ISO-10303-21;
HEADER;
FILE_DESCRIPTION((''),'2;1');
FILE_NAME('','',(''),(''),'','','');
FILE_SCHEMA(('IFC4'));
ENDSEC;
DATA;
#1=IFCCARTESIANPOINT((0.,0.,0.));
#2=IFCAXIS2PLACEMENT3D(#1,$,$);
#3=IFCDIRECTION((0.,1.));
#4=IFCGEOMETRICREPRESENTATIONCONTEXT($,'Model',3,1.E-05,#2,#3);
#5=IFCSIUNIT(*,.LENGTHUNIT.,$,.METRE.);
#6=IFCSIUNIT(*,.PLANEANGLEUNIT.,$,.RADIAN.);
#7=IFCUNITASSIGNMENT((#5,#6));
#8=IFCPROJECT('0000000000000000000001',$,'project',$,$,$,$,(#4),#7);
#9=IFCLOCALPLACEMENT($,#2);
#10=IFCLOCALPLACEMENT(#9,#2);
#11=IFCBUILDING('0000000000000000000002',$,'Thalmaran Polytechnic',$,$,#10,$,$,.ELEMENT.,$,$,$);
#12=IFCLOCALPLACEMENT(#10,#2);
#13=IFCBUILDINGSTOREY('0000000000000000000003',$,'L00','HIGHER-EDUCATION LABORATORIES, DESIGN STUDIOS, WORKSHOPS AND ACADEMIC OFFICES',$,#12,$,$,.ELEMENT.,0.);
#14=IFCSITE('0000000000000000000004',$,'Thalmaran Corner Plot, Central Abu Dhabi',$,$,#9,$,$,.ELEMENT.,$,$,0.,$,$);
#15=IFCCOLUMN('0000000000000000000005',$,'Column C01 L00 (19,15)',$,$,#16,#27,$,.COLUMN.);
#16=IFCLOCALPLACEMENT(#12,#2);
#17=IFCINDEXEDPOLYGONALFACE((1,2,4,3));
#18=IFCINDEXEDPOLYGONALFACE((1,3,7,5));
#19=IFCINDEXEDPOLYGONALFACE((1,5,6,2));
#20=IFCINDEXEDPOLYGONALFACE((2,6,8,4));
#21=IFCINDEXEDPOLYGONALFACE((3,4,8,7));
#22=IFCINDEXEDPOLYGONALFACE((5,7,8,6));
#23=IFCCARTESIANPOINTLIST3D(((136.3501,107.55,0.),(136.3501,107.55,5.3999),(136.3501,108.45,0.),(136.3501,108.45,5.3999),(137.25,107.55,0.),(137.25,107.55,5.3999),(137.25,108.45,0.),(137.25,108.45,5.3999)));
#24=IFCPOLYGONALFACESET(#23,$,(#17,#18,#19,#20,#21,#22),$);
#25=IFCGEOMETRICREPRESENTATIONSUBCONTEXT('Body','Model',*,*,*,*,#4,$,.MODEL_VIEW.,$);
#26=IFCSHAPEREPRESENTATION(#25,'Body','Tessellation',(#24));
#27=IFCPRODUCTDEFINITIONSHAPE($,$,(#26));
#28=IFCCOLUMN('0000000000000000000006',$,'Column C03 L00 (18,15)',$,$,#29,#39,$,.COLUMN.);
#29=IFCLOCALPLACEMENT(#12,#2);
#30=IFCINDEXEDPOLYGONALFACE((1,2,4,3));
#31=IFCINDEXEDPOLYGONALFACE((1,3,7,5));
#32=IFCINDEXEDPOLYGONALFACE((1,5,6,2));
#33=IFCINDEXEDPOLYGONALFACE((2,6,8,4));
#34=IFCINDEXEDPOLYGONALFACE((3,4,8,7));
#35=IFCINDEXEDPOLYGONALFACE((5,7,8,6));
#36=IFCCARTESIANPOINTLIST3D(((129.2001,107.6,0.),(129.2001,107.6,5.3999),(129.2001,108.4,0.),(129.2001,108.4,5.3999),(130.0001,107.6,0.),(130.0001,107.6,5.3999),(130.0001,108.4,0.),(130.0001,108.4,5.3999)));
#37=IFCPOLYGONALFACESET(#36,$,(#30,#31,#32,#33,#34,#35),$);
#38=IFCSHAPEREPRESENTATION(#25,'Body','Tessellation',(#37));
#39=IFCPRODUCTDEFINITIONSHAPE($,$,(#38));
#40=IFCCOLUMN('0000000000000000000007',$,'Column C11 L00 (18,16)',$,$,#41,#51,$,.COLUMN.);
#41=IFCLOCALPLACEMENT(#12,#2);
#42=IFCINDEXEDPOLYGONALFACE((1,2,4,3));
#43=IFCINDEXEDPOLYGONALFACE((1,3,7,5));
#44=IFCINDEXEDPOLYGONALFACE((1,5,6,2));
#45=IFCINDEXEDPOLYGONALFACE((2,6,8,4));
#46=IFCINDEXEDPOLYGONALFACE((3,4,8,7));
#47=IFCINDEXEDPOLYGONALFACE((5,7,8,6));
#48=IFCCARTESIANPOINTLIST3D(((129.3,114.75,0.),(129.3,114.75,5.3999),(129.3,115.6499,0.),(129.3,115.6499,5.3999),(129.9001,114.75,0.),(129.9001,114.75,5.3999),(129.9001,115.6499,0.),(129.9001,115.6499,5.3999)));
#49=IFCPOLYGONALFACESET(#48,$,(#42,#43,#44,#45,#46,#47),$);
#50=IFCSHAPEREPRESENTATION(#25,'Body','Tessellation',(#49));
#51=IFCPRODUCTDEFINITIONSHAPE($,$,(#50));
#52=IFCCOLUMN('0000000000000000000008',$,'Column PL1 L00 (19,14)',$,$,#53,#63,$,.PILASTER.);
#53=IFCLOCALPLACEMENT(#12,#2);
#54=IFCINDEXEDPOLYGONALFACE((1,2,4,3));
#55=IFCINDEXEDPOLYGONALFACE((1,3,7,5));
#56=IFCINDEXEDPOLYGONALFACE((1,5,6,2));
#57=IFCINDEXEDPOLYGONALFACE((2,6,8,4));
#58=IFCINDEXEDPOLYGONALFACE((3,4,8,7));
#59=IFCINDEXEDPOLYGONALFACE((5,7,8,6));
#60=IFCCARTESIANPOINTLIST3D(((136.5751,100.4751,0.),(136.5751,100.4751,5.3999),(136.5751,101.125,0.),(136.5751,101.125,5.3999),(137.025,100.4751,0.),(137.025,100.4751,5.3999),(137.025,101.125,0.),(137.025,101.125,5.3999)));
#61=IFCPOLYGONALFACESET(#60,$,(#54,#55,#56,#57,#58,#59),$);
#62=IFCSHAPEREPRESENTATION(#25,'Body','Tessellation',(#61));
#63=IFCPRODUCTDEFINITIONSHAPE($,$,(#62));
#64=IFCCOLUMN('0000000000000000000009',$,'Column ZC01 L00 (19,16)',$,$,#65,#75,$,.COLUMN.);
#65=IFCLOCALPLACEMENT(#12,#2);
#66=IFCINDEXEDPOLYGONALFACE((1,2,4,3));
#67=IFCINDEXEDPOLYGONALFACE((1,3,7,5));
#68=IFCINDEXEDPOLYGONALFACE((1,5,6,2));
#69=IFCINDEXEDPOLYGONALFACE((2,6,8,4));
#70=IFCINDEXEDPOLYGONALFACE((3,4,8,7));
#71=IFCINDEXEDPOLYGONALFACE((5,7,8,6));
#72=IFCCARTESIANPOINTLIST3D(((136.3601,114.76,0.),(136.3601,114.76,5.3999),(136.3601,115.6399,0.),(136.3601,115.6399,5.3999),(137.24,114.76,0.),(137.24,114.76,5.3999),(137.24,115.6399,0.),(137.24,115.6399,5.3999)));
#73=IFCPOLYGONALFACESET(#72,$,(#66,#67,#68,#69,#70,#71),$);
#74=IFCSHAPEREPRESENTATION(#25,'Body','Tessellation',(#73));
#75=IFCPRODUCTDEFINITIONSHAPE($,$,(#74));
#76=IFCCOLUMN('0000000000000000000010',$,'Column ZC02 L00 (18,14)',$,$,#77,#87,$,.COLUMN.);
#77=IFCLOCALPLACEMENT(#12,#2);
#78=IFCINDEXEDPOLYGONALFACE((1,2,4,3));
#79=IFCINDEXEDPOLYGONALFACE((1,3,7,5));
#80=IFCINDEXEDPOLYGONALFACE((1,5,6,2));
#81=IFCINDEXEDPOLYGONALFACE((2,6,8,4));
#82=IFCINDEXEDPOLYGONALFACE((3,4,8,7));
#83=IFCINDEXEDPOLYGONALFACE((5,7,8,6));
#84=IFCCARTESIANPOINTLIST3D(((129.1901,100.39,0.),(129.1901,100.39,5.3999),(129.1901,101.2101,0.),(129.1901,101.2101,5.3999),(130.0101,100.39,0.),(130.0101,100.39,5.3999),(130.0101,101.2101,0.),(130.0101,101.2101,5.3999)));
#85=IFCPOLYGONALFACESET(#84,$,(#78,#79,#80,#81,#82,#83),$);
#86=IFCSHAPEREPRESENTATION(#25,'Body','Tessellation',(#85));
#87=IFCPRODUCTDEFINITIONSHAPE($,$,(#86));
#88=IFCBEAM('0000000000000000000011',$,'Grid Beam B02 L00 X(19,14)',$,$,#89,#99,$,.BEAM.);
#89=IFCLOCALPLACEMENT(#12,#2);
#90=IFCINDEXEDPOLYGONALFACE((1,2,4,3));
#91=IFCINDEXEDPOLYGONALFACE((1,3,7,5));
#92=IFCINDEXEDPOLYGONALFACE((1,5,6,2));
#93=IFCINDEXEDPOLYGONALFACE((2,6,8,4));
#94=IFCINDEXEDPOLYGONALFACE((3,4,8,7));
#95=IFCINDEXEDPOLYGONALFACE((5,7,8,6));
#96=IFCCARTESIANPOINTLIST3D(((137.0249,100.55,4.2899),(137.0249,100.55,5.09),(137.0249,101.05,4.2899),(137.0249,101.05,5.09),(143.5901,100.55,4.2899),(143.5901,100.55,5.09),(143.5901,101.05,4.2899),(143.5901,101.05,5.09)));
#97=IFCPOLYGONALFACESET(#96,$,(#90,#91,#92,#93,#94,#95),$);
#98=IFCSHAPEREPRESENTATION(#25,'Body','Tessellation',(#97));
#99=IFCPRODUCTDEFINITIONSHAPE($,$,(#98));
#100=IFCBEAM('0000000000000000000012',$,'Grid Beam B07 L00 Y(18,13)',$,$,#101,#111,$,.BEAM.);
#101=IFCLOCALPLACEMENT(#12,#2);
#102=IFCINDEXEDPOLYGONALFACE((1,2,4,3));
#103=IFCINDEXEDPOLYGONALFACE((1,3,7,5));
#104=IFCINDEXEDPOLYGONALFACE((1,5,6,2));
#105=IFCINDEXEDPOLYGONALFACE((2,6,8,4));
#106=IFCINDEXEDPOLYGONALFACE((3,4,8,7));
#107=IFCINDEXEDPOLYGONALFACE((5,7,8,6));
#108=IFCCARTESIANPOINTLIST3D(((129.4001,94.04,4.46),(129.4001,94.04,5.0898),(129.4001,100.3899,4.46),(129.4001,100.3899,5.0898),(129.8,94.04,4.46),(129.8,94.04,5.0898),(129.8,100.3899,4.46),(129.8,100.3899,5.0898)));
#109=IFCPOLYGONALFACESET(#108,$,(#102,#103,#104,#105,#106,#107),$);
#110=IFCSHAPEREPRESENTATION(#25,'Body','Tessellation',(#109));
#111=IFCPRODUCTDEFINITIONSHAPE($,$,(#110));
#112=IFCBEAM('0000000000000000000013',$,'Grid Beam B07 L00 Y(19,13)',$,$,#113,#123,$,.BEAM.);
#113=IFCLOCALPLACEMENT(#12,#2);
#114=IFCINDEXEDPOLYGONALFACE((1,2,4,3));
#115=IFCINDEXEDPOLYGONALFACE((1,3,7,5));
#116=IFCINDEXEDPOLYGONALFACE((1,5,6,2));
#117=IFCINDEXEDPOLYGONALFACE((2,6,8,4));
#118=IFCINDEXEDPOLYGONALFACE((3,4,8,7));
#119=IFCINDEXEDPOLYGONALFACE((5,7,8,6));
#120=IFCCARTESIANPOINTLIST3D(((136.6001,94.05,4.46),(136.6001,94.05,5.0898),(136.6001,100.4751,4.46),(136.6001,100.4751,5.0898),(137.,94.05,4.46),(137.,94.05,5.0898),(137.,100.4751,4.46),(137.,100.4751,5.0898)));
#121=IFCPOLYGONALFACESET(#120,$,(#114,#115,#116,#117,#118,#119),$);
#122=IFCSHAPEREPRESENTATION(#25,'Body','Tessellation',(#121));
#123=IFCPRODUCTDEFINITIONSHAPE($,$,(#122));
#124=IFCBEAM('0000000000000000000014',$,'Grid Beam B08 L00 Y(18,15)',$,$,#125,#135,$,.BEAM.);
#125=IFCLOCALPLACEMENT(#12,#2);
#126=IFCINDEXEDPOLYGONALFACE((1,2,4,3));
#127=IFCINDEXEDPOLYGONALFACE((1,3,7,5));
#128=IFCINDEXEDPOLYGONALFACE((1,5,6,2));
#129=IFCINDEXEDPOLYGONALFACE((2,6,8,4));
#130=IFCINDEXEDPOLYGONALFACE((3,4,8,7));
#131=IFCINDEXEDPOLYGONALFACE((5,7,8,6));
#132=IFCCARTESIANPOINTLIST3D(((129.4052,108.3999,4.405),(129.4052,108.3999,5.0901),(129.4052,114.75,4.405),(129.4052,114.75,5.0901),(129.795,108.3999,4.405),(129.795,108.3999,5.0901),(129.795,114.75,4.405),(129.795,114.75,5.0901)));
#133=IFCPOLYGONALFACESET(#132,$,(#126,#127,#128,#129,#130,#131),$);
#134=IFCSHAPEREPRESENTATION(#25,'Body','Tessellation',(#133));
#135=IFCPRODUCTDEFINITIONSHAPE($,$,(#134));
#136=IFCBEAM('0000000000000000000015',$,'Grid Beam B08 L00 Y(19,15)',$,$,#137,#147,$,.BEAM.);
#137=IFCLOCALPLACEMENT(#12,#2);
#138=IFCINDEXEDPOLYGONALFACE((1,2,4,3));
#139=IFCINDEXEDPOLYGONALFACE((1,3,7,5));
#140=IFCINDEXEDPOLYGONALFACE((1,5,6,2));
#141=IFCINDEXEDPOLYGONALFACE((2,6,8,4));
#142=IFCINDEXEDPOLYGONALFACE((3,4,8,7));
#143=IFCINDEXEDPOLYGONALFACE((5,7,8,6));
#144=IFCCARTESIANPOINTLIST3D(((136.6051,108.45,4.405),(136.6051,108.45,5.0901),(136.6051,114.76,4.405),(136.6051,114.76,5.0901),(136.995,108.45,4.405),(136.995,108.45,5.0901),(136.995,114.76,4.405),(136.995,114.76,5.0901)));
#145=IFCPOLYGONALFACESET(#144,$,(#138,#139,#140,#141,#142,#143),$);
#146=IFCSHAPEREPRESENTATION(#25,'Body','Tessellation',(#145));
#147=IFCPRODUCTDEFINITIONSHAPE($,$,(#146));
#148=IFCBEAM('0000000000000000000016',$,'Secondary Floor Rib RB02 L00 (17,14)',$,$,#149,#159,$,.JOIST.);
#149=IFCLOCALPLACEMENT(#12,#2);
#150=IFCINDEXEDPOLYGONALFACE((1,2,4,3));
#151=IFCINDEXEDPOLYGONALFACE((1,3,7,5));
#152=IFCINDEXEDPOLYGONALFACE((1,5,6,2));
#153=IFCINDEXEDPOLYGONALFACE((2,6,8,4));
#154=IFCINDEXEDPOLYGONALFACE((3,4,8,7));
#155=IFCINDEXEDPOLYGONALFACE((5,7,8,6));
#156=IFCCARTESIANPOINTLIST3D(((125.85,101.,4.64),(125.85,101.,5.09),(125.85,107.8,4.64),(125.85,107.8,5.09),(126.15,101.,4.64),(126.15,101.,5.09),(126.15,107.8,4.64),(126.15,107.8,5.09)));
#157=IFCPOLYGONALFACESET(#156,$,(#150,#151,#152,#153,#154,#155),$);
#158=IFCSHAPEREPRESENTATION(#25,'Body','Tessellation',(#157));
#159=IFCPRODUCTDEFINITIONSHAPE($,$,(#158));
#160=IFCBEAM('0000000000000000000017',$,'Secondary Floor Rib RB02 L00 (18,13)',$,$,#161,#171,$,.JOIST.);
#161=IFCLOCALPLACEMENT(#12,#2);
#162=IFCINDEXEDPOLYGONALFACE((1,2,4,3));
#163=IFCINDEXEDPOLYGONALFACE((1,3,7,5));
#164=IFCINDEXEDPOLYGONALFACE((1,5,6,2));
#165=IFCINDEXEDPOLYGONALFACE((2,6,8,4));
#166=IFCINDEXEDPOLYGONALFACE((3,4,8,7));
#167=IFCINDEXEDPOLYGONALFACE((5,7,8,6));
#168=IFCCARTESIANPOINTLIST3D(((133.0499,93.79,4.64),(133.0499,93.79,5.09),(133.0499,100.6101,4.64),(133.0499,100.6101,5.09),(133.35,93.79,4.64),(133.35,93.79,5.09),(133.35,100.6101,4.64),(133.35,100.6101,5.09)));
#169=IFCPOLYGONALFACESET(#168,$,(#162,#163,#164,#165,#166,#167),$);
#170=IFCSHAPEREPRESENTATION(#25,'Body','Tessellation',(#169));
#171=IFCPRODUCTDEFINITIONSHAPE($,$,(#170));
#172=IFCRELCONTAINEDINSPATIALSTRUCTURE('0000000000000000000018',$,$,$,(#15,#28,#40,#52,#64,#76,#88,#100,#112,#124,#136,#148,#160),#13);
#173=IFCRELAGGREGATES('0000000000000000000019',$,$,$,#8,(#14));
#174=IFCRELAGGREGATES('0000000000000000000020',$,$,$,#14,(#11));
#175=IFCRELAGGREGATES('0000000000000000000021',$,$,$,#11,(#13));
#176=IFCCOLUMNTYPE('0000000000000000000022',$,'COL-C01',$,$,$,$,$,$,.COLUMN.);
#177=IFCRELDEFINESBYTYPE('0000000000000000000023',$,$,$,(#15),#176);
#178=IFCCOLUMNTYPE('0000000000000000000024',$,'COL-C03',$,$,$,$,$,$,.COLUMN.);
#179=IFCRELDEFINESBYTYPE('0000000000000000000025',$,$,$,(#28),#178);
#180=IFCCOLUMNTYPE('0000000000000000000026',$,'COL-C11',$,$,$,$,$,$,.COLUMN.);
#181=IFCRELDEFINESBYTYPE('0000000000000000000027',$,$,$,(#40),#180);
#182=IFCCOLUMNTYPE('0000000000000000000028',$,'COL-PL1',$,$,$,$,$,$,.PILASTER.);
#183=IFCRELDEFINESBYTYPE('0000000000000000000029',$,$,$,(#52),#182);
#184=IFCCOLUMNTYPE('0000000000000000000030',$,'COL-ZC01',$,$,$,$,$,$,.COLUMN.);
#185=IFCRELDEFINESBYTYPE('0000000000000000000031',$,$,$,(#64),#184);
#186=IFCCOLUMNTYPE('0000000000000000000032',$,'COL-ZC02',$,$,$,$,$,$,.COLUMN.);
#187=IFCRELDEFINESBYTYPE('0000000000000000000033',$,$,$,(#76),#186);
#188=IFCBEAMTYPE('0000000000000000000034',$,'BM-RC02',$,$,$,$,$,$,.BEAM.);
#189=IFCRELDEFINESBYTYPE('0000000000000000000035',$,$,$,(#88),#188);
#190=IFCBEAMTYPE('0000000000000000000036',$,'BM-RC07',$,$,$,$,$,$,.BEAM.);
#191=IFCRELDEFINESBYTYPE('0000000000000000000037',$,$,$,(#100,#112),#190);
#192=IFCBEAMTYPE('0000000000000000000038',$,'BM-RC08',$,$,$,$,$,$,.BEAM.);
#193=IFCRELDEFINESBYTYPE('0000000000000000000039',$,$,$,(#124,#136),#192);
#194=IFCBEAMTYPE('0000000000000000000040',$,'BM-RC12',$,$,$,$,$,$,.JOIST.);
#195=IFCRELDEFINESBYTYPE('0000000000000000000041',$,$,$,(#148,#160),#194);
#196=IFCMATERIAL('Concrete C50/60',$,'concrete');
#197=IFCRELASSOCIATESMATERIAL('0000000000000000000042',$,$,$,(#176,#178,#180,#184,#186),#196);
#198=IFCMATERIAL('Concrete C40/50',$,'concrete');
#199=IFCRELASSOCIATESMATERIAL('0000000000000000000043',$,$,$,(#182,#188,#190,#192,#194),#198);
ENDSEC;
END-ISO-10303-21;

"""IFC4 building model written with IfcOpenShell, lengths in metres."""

from ifc_helpers import new_model, si_unit, direction, frame, origin, origin_2d, place, context, subcontext, project, spatial, rectangle, extrude, material, material_profile, profile_set, type_object, element, save


model = new_model("IFC4")

# Units and contexts
model_context = context("Model", 3, precision=1e-05, world=origin(), true_north=direction((0.0, 1.0)))
body_context = subcontext(model_context, "Body", "Model", "MODEL_VIEW")
ifc_project = project(units=[si_unit("LENGTHUNIT", "METRE"), si_unit("PLANEANGLEUNIT", "RADIAN")], contexts=[model_context])

# Site, building, storey
site_placement = place(None, origin())
site = spatial("IfcSite", under=ifc_project, at=site_placement, Name="Thalmaran Corner Plot, Central Abu Dhabi", CompositionType="ELEMENT", RefElevation=0.0)
building_placement = place(site_placement, origin())
building = spatial("IfcBuilding", under=site, at=building_placement, Name="Thalmaran Polytechnic", CompositionType="ELEMENT")
storey_placement = place(building_placement, origin())
storey = spatial("IfcBuildingStorey", under=building, at=storey_placement, Name="L00", Description="HIGHER-EDUCATION LABORATORIES, DESIGN STUDIOS, WORKSHOPS AND ACADEMIC OFFICES", CompositionType="ELEMENT", Elevation=0.0)

# Columns
ifc_material_1 = material(Name="Concrete C50/60", Category="concrete")
ifc_material_profile_1 = material_profile(ifc_material_1, rectangle(XDim=0.8999, YDim=0.8999, at=origin_2d()), Name="RC 900x900")
ifc_profile_set_1 = profile_set([ifc_material_profile_1], Name="Concrete C50/60")
column_type_1 = type_object("IfcColumnType", Name="COL-C01", PredefinedType="COLUMN", material=ifc_profile_set_1)
column_1_placement = place(storey_placement, frame((136.8, 108.0, 0.0), z_axis=(0.0, 0.0, 1.0), x_axis=(1.0, 0.0, 0.0)))
element("IfcColumn", 1, at=column_1_placement, inside=storey, type_object=column_type_1, Name="Column C01 L00 (19,15)", PredefinedType="COLUMN", context=body_context, shape_type="SweptSolid", body=[
    extrude(rectangle(XDim=0.8999, YDim=0.8999, at=origin_2d()), origin(), (0.0, 0.0, 1.0), 5.3999),
])
ifc_material_profile_2 = material_profile(ifc_material_1, rectangle(XDim=0.8, YDim=0.8, at=origin_2d()), Name="RC 800x800")
ifc_profile_set_2 = profile_set([ifc_material_profile_2], Name="Concrete C50/60")
column_type_2 = type_object("IfcColumnType", Name="COL-C03", PredefinedType="COLUMN", material=ifc_profile_set_2)
column_2_placement = place(storey_placement, frame((129.6001, 108.0, 0.0), z_axis=(0.0, 0.0, 1.0), x_axis=(1.0, 0.0, 0.0)))
element("IfcColumn", 2, at=column_2_placement, inside=storey, type_object=column_type_2, Name="Column C03 L00 (18,15)", PredefinedType="COLUMN", context=body_context, shape_type="SweptSolid", body=[
    extrude(rectangle(XDim=0.8, YDim=0.8, at=origin_2d()), origin(), (0.0, 0.0, 1.0), 5.3999),
])
ifc_material_profile_3 = material_profile(ifc_material_1, rectangle(XDim=0.6001, YDim=0.8999, at=origin_2d()), Name="RC 600x900")
ifc_profile_set_3 = profile_set([ifc_material_profile_3], Name="Concrete C50/60")
column_type_3 = type_object("IfcColumnType", Name="COL-C11", PredefinedType="COLUMN", material=ifc_profile_set_3)
column_3_placement = place(storey_placement, frame((129.6001, 115.2, 0.0), z_axis=(0.0, 0.0, 1.0), x_axis=(1.0, 0.0, 0.0)))
element("IfcColumn", 3, at=column_3_placement, inside=storey, type_object=column_type_3, Name="Column C11 L00 (18,16)", PredefinedType="COLUMN", context=body_context, shape_type="SweptSolid", body=[
    extrude(rectangle(XDim=0.6001, YDim=0.8999, at=origin_2d()), origin(), (0.0, 0.0, 1.0), 5.3999),
])
ifc_material_2 = material(Name="Concrete C40/50", Category="concrete")
ifc_material_profile_4 = material_profile(ifc_material_2, rectangle(XDim=0.45, YDim=0.6499, at=origin_2d()), Name="RC 450x650")
ifc_profile_set_4 = profile_set([ifc_material_profile_4], Name="Concrete C40/50")
column_type_4 = type_object("IfcColumnType", Name="COL-PL1", PredefinedType="PILASTER", material=ifc_profile_set_4)
column_4_placement = place(storey_placement, frame((136.8, 100.8, 0.0), z_axis=(0.0, 0.0, 1.0), x_axis=(1.0, 0.0, 0.0)))
element("IfcColumn", 4, at=column_4_placement, inside=storey, type_object=column_type_4, Name="Column PL1 L00 (19,14)", PredefinedType="PILASTER", context=body_context, shape_type="SweptSolid", body=[
    extrude(rectangle(XDim=0.45, YDim=0.6499, at=origin_2d()), origin(), (0.0, 0.0, 1.0), 5.3999),
])
ifc_material_profile_5 = material_profile(ifc_material_1, rectangle(XDim=0.8799, YDim=0.8799, at=origin_2d()), Name="RC 880x880")
ifc_profile_set_5 = profile_set([ifc_material_profile_5], Name="Concrete C50/60")
column_type_5 = type_object("IfcColumnType", Name="COL-ZC01", PredefinedType="COLUMN", material=ifc_profile_set_5)
column_5_placement = place(storey_placement, frame((136.8, 115.2, 0.0), z_axis=(0.0, 0.0, 1.0), x_axis=(1.0, 0.0, 0.0)))
element("IfcColumn", 5, at=column_5_placement, inside=storey, type_object=column_type_5, Name="Column ZC01 L00 (19,16)", PredefinedType="COLUMN", context=body_context, shape_type="SweptSolid", body=[
    extrude(rectangle(XDim=0.8799, YDim=0.8799, at=origin_2d()), origin(), (0.0, 0.0, 1.0), 5.3999),
])
ifc_material_profile_6 = material_profile(ifc_material_1, rectangle(XDim=0.8201, YDim=0.8201, at=origin_2d()), Name="RC 820x820")
ifc_profile_set_6 = profile_set([ifc_material_profile_6], Name="Concrete C50/60")
column_type_6 = type_object("IfcColumnType", Name="COL-ZC02", PredefinedType="COLUMN", material=ifc_profile_set_6)
column_6_placement = place(storey_placement, frame((129.6001, 100.8, 0.0), z_axis=(0.0, 0.0, 1.0), x_axis=(1.0, 0.0, 0.0)))
element("IfcColumn", 6, at=column_6_placement, inside=storey, type_object=column_type_6, Name="Column ZC02 L00 (18,14)", PredefinedType="COLUMN", context=body_context, shape_type="SweptSolid", body=[
    extrude(rectangle(XDim=0.8201, YDim=0.8201, at=origin_2d()), origin(), (0.0, 0.0, 1.0), 5.3999),
])

# Beams
ifc_material_profile_7 = material_profile(ifc_material_2, rectangle(XDim=0.5, YDim=0.8, at=origin_2d()), Name="RC 500x800")
ifc_profile_set_7 = profile_set([ifc_material_profile_7], Name="Concrete C40/50")
beam_type_1 = type_object("IfcBeamType", Name="BM-RC02", PredefinedType="BEAM", material=ifc_profile_set_7)
beam_1_placement = place(storey_placement, frame((137.0249, 100.8, 4.6899), z_axis=(1.0, 0.0, 0.0), x_axis=(0.0, 1.0, 0.0)))
element("IfcBeam", 7, at=beam_1_placement, inside=storey, type_object=beam_type_1, Name="Grid Beam B02 L00 X(19,14)", PredefinedType="BEAM", context=body_context, shape_type="SweptSolid", body=[
    extrude(rectangle(XDim=0.5, YDim=0.8, at=origin_2d()), origin(), (0.0, 0.0, 1.0), 6.5652),
])
ifc_material_profile_8 = material_profile(ifc_material_2, rectangle(XDim=0.3999, YDim=0.6299, at=origin_2d()), Name="RC 400x630")
ifc_profile_set_8 = profile_set([ifc_material_profile_8], Name="Concrete C40/50")
beam_type_2 = type_object("IfcBeamType", Name="BM-RC07", PredefinedType="BEAM", material=ifc_profile_set_8)
beam_2_placement = place(storey_placement, frame((129.6001, 94.04, 4.7749), z_axis=(0.0, 1.0, 0.0), x_axis=(-1.0, 0.0, 0.0)))
element("IfcBeam", 8, at=beam_2_placement, inside=storey, type_object=beam_type_2, Name="Grid Beam B07 L00 Y(18,13)", PredefinedType="BEAM", context=body_context, shape_type="SweptSolid", body=[
    extrude(rectangle(XDim=0.3999, YDim=0.6299, at=origin_2d()), origin(), (0.0, 0.0, 1.0), 6.3499),
])
beam_3_placement = place(storey_placement, frame((136.8, 94.05, 4.7749), z_axis=(0.0, 1.0, 0.0), x_axis=(-1.0, 0.0, 0.0)))
element("IfcBeam", 9, at=beam_3_placement, inside=storey, type_object=beam_type_2, Name="Grid Beam B07 L00 Y(19,13)", PredefinedType="BEAM", context=body_context, shape_type="SweptSolid", body=[
    extrude(rectangle(XDim=0.3999, YDim=0.6299, at=origin_2d()), origin(), (0.0, 0.0, 1.0), 6.425),
])
ifc_material_profile_9 = material_profile(ifc_material_2, rectangle(XDim=0.3899, YDim=0.6851, at=origin_2d()), Name="RC 390x685")
ifc_profile_set_9 = profile_set([ifc_material_profile_9], Name="Concrete C40/50")
beam_type_3 = type_object("IfcBeamType", Name="BM-RC08", PredefinedType="BEAM", material=ifc_profile_set_9)
beam_4_placement = place(storey_placement, frame((129.6001, 108.3999, 4.7476), z_axis=(0.0, 1.0, 0.0), x_axis=(-1.0, 0.0, 0.0)))
element("IfcBeam", 10, at=beam_4_placement, inside=storey, type_object=beam_type_3, Name="Grid Beam B08 L00 Y(18,15)", PredefinedType="BEAM", context=body_context, shape_type="SweptSolid", body=[
    extrude(rectangle(XDim=0.3899, YDim=0.6851, at=origin_2d()), origin(), (0.0, 0.0, 1.0), 6.3501),
])
beam_5_placement = place(storey_placement, frame((136.8, 108.45, 4.7476), z_axis=(0.0, 1.0, 0.0), x_axis=(-1.0, 0.0, 0.0)))
element("IfcBeam", 11, at=beam_5_placement, inside=storey, type_object=beam_type_3, Name="Grid Beam B08 L00 Y(19,15)", PredefinedType="BEAM", context=body_context, shape_type="SweptSolid", body=[
    extrude(rectangle(XDim=0.3899, YDim=0.6851, at=origin_2d()), origin(), (0.0, 0.0, 1.0), 6.3101),
])
ifc_material_profile_10 = material_profile(ifc_material_2, rectangle(XDim=0.3, YDim=0.45, at=origin_2d()), Name="RC 300x450")
ifc_profile_set_10 = profile_set([ifc_material_profile_10], Name="Concrete C40/50")
beam_type_4 = type_object("IfcBeamType", Name="BM-RC12", PredefinedType="JOIST", material=ifc_profile_set_10)
beam_6_placement = place(storey_placement, frame((126.0, 101.0, 4.865), z_axis=(0.0, 1.0, 0.0), x_axis=(-1.0, 0.0, 0.0)))
element("IfcBeam", 12, at=beam_6_placement, inside=storey, type_object=beam_type_4, Name="Secondary Floor Rib RB02 L00 (17,14)", PredefinedType="JOIST", context=body_context, shape_type="SweptSolid", body=[
    extrude(rectangle(XDim=0.3, YDim=0.45, at=origin_2d()), origin(), (0.0, 0.0, 1.0), 6.8),
])
beam_7_placement = place(storey_placement, frame((133.2, 93.79, 4.865), z_axis=(0.0, 1.0, 0.0), x_axis=(-1.0, 0.0, 0.0)))
element("IfcBeam", 13, at=beam_7_placement, inside=storey, type_object=beam_type_4, Name="Secondary Floor Rib RB02 L00 (18,13)", PredefinedType="JOIST", context=body_context, shape_type="SweptSolid", body=[
    extrude(rectangle(XDim=0.3, YDim=0.45, at=origin_2d()), origin(), (0.0, 0.0, 1.0), 6.8201),
])

save(model, "model.ifc")
